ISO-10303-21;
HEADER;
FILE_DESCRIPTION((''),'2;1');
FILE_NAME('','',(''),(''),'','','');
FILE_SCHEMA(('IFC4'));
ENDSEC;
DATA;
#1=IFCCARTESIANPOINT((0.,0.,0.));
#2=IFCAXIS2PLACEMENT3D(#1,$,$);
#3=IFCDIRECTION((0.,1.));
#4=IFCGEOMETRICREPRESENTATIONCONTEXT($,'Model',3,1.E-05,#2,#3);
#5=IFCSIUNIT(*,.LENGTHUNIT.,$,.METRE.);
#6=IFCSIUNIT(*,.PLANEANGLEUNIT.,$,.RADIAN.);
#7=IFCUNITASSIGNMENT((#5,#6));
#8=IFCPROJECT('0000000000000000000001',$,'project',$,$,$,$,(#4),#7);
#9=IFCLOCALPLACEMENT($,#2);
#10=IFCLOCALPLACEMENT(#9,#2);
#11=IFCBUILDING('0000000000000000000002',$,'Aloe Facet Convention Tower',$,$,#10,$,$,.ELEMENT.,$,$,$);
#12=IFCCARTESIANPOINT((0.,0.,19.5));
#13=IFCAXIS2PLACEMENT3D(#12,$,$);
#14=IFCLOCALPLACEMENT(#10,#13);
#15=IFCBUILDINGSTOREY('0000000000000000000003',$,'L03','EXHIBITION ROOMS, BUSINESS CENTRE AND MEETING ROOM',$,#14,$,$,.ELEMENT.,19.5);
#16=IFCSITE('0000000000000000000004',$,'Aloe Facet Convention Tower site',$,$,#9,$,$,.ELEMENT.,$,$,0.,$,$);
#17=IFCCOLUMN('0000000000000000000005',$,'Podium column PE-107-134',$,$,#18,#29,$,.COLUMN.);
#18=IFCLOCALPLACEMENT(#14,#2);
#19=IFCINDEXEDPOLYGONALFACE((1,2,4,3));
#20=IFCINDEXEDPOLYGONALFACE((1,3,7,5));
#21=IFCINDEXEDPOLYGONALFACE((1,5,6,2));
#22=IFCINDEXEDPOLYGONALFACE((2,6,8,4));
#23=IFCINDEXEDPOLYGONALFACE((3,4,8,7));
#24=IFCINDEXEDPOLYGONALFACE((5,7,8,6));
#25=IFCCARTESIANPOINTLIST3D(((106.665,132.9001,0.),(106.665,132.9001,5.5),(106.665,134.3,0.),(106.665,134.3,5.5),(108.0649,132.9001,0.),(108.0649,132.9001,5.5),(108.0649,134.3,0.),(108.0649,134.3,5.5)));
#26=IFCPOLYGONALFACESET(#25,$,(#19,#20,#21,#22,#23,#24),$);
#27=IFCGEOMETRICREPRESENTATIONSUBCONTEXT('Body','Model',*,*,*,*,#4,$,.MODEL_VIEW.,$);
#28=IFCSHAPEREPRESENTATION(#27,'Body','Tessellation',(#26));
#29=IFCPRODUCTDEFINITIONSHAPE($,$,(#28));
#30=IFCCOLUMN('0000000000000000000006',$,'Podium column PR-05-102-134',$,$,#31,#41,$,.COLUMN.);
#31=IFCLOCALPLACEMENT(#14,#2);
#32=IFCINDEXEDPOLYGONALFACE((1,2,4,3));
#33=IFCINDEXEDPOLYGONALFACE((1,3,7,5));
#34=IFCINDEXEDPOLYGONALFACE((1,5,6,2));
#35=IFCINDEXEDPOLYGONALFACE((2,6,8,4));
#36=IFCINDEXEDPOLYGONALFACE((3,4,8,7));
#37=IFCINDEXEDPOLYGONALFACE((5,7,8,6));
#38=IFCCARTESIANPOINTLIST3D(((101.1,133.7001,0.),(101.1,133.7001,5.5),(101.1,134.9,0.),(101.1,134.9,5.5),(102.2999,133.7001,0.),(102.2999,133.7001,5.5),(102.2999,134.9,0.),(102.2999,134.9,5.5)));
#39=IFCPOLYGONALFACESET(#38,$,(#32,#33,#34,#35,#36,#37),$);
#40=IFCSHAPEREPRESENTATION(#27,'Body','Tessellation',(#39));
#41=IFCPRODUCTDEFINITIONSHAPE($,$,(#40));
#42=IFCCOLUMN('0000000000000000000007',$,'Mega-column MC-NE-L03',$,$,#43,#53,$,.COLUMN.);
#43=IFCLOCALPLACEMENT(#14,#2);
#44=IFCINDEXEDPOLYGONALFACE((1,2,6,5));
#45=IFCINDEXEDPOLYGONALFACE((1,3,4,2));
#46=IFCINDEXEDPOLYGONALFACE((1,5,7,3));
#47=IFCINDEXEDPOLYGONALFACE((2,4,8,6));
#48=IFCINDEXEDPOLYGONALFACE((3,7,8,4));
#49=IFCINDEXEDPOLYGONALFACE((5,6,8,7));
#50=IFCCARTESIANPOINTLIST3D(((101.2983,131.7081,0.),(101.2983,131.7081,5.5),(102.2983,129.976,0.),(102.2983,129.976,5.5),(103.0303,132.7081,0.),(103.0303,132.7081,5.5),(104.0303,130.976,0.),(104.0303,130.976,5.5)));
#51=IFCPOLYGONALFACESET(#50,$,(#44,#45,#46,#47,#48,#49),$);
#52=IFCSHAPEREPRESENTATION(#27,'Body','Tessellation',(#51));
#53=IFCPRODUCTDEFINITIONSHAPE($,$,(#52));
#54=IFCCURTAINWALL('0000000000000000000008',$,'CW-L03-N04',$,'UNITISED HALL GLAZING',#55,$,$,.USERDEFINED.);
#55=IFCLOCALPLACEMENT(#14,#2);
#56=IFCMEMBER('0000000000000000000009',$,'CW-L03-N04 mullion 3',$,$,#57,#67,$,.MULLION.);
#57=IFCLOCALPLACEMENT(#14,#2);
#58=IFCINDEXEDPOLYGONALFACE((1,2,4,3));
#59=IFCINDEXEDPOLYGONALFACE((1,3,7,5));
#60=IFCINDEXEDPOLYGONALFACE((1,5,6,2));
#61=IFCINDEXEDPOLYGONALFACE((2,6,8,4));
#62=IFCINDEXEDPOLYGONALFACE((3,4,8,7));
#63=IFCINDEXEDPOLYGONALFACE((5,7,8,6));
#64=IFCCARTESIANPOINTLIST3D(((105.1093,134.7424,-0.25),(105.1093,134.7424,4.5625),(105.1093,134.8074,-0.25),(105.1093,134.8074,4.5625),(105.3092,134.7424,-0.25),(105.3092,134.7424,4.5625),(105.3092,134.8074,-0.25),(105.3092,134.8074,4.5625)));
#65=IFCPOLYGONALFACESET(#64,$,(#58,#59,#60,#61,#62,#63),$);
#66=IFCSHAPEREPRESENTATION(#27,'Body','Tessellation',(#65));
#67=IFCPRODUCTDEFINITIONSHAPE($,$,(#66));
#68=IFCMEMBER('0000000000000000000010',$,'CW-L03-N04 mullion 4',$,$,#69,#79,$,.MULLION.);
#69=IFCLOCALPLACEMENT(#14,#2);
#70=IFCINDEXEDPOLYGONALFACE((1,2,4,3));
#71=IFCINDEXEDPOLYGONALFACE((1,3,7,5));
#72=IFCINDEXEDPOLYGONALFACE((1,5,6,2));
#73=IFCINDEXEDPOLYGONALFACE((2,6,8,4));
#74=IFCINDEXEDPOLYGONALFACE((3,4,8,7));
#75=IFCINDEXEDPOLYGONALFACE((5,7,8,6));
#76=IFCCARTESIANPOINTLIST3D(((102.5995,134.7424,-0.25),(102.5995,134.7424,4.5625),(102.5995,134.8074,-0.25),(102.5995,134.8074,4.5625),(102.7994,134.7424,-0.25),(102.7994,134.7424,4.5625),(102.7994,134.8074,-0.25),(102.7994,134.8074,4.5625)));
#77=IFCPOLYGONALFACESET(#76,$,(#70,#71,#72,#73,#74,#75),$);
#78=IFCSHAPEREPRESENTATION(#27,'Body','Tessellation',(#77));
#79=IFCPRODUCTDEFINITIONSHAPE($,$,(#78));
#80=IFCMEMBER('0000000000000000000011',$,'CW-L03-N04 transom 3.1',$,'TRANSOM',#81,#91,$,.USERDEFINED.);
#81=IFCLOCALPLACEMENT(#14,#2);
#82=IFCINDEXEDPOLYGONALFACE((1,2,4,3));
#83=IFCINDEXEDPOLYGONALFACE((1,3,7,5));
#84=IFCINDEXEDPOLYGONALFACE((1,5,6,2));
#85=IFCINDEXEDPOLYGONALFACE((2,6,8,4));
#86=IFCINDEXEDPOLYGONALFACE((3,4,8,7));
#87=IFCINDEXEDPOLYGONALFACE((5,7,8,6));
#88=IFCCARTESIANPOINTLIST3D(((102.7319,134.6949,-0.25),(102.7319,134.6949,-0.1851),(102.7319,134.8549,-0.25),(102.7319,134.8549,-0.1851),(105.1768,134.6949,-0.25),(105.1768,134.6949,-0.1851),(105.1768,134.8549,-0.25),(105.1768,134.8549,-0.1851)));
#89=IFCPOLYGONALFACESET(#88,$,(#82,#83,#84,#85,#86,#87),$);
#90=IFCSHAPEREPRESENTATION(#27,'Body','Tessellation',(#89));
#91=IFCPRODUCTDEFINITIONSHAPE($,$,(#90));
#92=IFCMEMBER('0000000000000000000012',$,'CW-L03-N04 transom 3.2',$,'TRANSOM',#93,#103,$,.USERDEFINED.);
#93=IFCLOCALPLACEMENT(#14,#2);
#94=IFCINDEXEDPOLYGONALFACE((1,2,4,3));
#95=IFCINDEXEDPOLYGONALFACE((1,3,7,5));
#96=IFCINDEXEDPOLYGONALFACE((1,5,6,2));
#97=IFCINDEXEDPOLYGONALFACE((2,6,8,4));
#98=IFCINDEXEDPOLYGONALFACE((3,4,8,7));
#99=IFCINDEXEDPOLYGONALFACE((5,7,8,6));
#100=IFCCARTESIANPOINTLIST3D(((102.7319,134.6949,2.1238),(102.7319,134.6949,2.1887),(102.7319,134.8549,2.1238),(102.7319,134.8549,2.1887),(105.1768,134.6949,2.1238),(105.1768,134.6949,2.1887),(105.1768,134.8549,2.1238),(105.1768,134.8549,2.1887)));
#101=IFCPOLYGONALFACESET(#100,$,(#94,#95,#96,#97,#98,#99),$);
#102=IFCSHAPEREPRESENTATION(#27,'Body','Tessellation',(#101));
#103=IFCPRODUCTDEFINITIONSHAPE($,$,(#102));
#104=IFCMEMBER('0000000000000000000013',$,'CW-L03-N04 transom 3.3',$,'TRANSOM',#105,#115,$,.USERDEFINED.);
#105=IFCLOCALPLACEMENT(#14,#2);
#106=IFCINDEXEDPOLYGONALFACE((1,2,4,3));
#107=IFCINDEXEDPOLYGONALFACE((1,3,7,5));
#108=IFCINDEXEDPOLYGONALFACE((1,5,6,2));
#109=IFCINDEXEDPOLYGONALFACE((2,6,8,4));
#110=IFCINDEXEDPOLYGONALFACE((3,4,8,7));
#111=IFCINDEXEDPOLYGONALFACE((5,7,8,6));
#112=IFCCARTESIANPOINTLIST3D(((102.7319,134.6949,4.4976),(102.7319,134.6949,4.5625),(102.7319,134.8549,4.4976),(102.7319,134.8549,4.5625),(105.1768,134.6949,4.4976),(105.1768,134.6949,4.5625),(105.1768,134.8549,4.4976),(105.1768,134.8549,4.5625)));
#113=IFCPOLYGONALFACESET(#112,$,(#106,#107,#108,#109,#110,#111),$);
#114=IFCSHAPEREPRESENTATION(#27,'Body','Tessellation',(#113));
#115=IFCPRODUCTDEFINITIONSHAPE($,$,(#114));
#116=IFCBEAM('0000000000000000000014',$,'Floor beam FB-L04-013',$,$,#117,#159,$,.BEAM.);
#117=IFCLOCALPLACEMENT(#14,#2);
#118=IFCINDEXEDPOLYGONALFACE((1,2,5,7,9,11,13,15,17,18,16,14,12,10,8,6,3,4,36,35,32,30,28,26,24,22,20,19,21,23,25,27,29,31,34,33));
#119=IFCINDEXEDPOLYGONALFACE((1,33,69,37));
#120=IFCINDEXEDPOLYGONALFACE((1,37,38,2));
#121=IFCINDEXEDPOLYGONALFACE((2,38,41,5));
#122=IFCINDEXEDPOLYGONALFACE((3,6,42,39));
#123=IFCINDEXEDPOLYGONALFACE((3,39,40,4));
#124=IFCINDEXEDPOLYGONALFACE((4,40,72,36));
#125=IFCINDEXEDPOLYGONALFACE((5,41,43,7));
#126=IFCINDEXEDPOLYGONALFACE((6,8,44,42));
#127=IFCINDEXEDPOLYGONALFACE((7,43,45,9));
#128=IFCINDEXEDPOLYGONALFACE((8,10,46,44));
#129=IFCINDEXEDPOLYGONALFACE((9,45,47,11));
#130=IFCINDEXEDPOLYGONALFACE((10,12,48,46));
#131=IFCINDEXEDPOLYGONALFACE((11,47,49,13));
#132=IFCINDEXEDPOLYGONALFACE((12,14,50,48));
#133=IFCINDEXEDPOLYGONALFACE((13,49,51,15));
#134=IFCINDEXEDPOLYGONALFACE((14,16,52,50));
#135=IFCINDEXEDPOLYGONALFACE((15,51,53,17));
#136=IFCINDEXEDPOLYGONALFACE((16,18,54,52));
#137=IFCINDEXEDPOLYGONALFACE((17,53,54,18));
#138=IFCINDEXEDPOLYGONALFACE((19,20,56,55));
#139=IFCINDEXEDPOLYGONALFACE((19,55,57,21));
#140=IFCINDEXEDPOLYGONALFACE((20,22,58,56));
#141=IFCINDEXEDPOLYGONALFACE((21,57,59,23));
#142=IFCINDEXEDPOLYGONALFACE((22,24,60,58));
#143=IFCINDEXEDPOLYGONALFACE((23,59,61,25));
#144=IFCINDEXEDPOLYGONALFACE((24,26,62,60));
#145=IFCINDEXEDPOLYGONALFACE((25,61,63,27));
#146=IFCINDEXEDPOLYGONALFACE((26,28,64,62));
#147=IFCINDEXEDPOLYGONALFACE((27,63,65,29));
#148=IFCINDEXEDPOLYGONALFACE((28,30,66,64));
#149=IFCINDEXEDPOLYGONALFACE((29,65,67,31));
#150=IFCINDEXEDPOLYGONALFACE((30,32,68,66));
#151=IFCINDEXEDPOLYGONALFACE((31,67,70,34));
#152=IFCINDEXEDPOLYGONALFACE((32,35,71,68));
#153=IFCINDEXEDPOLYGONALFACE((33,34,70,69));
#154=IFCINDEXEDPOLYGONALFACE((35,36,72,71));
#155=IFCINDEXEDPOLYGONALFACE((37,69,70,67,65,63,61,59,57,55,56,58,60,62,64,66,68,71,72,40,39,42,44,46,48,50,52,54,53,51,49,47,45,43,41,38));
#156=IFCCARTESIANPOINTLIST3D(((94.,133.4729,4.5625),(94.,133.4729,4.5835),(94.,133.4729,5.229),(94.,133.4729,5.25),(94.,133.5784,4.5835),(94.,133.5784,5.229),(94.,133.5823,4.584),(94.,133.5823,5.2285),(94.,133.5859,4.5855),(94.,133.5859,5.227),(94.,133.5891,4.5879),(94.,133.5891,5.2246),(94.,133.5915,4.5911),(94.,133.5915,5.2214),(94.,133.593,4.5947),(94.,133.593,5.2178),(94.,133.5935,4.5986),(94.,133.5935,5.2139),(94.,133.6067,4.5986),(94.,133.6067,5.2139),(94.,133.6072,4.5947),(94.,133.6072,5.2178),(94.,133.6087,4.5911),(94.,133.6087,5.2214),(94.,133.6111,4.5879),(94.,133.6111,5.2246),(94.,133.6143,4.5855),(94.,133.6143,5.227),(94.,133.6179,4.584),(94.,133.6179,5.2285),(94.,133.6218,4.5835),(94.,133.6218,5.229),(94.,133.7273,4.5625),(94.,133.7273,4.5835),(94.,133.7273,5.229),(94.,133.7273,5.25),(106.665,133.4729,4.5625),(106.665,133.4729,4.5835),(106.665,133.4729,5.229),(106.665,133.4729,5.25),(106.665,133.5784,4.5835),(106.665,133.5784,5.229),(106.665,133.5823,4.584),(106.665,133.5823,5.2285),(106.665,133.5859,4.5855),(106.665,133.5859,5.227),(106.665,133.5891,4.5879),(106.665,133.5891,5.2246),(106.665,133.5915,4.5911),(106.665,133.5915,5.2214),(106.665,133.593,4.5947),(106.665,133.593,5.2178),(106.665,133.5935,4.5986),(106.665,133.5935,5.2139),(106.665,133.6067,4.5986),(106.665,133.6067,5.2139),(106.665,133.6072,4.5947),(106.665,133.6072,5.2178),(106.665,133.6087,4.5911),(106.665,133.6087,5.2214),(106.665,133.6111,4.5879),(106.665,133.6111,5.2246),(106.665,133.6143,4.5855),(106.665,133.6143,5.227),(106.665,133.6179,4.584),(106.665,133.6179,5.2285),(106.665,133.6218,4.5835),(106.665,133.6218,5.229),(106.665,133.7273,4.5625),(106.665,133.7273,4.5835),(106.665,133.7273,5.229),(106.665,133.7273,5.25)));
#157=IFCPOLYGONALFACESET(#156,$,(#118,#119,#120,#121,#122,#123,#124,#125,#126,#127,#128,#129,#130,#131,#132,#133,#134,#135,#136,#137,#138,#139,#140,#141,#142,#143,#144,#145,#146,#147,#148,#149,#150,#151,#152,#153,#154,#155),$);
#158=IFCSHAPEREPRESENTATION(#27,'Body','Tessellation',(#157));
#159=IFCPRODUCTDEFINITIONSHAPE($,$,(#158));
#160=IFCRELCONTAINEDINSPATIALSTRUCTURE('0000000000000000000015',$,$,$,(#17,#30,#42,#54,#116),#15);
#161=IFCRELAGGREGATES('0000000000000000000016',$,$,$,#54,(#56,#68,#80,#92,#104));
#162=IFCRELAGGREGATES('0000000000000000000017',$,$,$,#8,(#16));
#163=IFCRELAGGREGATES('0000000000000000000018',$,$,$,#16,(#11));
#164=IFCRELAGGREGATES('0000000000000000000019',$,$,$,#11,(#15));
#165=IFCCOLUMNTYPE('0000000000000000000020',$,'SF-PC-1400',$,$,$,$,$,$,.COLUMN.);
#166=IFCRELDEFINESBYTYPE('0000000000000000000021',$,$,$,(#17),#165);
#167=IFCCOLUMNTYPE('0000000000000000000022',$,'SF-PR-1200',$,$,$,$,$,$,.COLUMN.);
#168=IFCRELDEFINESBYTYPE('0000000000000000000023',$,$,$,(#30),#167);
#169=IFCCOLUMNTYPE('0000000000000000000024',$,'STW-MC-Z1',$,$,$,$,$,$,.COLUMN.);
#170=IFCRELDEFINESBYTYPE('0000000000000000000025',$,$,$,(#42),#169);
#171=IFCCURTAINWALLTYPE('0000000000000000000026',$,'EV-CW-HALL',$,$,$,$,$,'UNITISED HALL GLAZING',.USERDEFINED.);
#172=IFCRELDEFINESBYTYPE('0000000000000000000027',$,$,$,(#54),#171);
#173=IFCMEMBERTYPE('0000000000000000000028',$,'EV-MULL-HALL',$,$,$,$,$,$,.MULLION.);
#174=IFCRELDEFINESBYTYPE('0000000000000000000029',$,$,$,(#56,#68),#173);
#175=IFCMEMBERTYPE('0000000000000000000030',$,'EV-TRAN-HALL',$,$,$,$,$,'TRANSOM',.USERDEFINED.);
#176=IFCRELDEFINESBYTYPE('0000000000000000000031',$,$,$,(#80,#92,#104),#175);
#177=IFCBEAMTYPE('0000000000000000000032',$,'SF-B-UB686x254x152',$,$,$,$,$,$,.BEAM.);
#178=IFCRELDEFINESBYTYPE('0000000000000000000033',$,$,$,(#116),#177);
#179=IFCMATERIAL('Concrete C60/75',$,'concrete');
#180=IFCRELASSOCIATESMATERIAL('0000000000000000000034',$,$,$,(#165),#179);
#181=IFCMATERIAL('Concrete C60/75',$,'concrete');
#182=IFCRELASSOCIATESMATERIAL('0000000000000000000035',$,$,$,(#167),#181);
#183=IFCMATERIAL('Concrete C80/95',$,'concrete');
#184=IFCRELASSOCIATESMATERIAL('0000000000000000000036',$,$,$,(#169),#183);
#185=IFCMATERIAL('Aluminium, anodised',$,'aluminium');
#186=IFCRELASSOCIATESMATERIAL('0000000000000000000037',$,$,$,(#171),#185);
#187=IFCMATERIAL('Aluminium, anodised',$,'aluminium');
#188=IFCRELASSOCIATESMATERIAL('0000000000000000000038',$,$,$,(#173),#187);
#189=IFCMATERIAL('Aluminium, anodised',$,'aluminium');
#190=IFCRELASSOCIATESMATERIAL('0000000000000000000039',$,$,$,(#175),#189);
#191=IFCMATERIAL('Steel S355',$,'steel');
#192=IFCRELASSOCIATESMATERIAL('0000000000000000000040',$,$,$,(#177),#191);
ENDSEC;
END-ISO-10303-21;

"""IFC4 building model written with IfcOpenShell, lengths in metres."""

from ifc_helpers import new_model, si_unit, direction, frame, origin, origin_2d, place, context, subcontext, project, spatial, rectangle, i_section, extrude, material, material_profile, profile_set, type_object, element, aggregate, save


model = new_model("IFC4")

# Units and contexts
model_context = context("Model", 3, precision=1e-05, world=origin(), true_north=direction((0.0, 1.0)))
body_context = subcontext(model_context, "Body", "Model", "MODEL_VIEW")
ifc_project = project(units=[si_unit("LENGTHUNIT", "METRE"), si_unit("PLANEANGLEUNIT", "RADIAN")], contexts=[model_context])

# Site, building, storey
site_placement = place(None, origin())
site = spatial("IfcSite", under=ifc_project, at=site_placement, Name="Aloe Facet Convention Tower site", CompositionType="ELEMENT", RefElevation=0.0)
building_placement = place(site_placement, origin())
building = spatial("IfcBuilding", under=site, at=building_placement, Name="Aloe Facet Convention Tower", CompositionType="ELEMENT")
storey_placement = place(building_placement, frame((0.0, 0.0, 19.5)))
storey = spatial("IfcBuildingStorey", under=building, at=storey_placement, Name="L03", Description="EXHIBITION ROOMS, BUSINESS CENTRE AND MEETING ROOM", CompositionType="ELEMENT", Elevation=19.5)

# Columns
ifc_material_1 = material(Name="Concrete C60/75", Category="concrete")
ifc_material_profile_1 = material_profile(ifc_material_1, rectangle(XDim=1.3999, YDim=1.3999, at=origin_2d()), Name="SF-PC-1400")
ifc_profile_set_1 = profile_set([ifc_material_profile_1], Name="Concrete C60/75")
column_type_1 = type_object("IfcColumnType", Name="SF-PC-1400", PredefinedType="COLUMN", material=ifc_profile_set_1)
column_1_placement = place(storey_placement, frame((107.365, 133.6001, 0.0), z_axis=(0.0, 0.0, 1.0), x_axis=(1.0, 0.0, 0.0)))
element("IfcColumn", 1, at=column_1_placement, inside=storey, type_object=column_type_1, Name="Podium column PE-107-134", PredefinedType="COLUMN", context=body_context, shape_type="SweptSolid", body=[
    extrude(rectangle(XDim=1.3999, YDim=1.3999, at=origin_2d()), origin(), (0.0, 0.0, 1.0), 5.5),
])
ifc_material_2 = material(Name="Concrete C60/75", Category="concrete")
ifc_material_profile_2 = material_profile(ifc_material_2, rectangle(XDim=1.2, YDim=1.2, at=origin_2d()), Name="SF-PR-1200")
ifc_profile_set_2 = profile_set([ifc_material_profile_2], Name="Concrete C60/75")
column_type_2 = type_object("IfcColumnType", Name="SF-PR-1200", PredefinedType="COLUMN", material=ifc_profile_set_2)
column_2_placement = place(storey_placement, frame((101.7, 134.3, 0.0), z_axis=(0.0, 0.0, 1.0), x_axis=(1.0, 0.0, 0.0)))
element("IfcColumn", 2, at=column_2_placement, inside=storey, type_object=column_type_2, Name="Podium column PR-05-102-134", PredefinedType="COLUMN", context=body_context, shape_type="SweptSolid", body=[
    extrude(rectangle(XDim=1.2, YDim=1.2, at=origin_2d()), origin(), (0.0, 0.0, 1.0), 5.5),
])
ifc_material_3 = material(Name="Concrete C80/95", Category="concrete")
ifc_material_profile_3 = material_profile(ifc_material_3, rectangle(XDim=2.0, YDim=2.0, at=origin_2d()), Name="STW-MC-Z1")
ifc_profile_set_3 = profile_set([ifc_material_profile_3], Name="Concrete C80/95")
column_type_3 = type_object("IfcColumnType", Name="STW-MC-Z1", PredefinedType="COLUMN", material=ifc_profile_set_3)
column_3_placement = place(storey_placement, frame((102.6643, 131.342, 0.0), z_axis=(0.0, 0.0, 1.0), x_axis=(-0.5, 0.866025, 0.0)))
element("IfcColumn", 3, at=column_3_placement, inside=storey, type_object=column_type_3, Name="Mega-column MC-NE-L03", PredefinedType="COLUMN", context=body_context, shape_type="SweptSolid", body=[
    extrude(rectangle(XDim=2.0, YDim=2.0, at=origin_2d()), origin(), (0.0, 0.0, 1.0), 5.5),
])

# Curtain wall, members
ifc_material_4 = material(Name="Aluminium, anodised", Category="aluminium")
curtain_wall_type = type_object("IfcCurtainWallType", Name="EV-CW-HALL", ElementType="UNITISED HALL GLAZING", PredefinedType="USERDEFINED", material=ifc_material_4)
curtain_wall_placement = place(storey_placement, origin())
curtain_wall = element("IfcCurtainWall", 4, at=curtain_wall_placement, inside=storey, type_object=curtain_wall_type, Name="CW-L03-N04", ObjectType="UNITISED HALL GLAZING", PredefinedType="USERDEFINED")
ifc_material_5 = material(Name="Aluminium, anodised", Category="aluminium")
ifc_material_profile_4 = material_profile(ifc_material_5, rectangle(XDim=0.0649, YDim=0.2, at=origin_2d()), Name="AL 65x200")
ifc_profile_set_4 = profile_set([ifc_material_profile_4], Name="Aluminium, anodised")
member_type_1 = type_object("IfcMemberType", Name="EV-MULL-HALL", PredefinedType="MULLION", material=ifc_profile_set_4)
member_1_placement = place(storey_placement, frame((105.2092, 134.7749, -0.25), z_axis=(0.0, 0.0, 1.0), x_axis=(0.0, -1.0, 0.0)))
member_1 = element("IfcMember", 5, at=member_1_placement, type_object=member_type_1, Name="CW-L03-N04 mullion 3", PredefinedType="MULLION", context=body_context, shape_type="SweptSolid", body=[
    extrude(rectangle(XDim=0.0649, YDim=0.2, at=origin_2d()), origin(), (0.0, 0.0, 1.0), 4.8125),
])
member_2_placement = place(storey_placement, frame((102.6995, 134.7749, -0.25), z_axis=(0.0, 0.0, 1.0), x_axis=(0.0, -1.0, 0.0)))
member_2 = element("IfcMember", 6, at=member_2_placement, type_object=member_type_1, Name="CW-L03-N04 mullion 4", PredefinedType="MULLION", context=body_context, shape_type="SweptSolid", body=[
    extrude(rectangle(XDim=0.0649, YDim=0.2, at=origin_2d()), origin(), (0.0, 0.0, 1.0), 4.8125),
])
ifc_material_6 = material(Name="Aluminium, anodised", Category="aluminium")
ifc_material_profile_5 = material_profile(ifc_material_6, rectangle(XDim=0.1599, YDim=0.0649, at=origin_2d()), Name="AL 160x65")
ifc_profile_set_5 = profile_set([ifc_material_profile_5], Name="Aluminium, anodised")
member_type_2 = type_object("IfcMemberType", Name="EV-TRAN-HALL", ElementType="TRANSOM", PredefinedType="USERDEFINED", material=ifc_profile_set_5)
member_3_placement = place(storey_placement, frame((105.1768, 134.7749, -0.2175), z_axis=(-1.0, 0.0, 0.0), x_axis=(0.0, -1.0, 0.0)))
member_3 = element("IfcMember", 7, at=member_3_placement, type_object=member_type_2, Name="CW-L03-N04 transom 3.1", ObjectType="TRANSOM", PredefinedType="USERDEFINED", context=body_context, shape_type="SweptSolid", body=[
    extrude(rectangle(XDim=0.1599, YDim=0.0649, at=origin_2d()), origin(), (0.0, 0.0, 1.0), 2.4448),
])
member_4_placement = place(storey_placement, frame((105.1768, 134.7749, 2.1562), z_axis=(-1.0, 0.0, 0.0), x_axis=(0.0, -1.0, 0.0)))
member_4 = element("IfcMember", 8, at=member_4_placement, type_object=member_type_2, Name="CW-L03-N04 transom 3.2", ObjectType="TRANSOM", PredefinedType="USERDEFINED", context=body_context, shape_type="SweptSolid", body=[
    extrude(rectangle(XDim=0.1599, YDim=0.0649, at=origin_2d()), origin(), (0.0, 0.0, 1.0), 2.4448),
])
member_5_placement = place(storey_placement, frame((105.1768, 134.7749, 4.53), z_axis=(-1.0, 0.0, 0.0), x_axis=(0.0, -1.0, 0.0)))
member_5 = element("IfcMember", 9, at=member_5_placement, type_object=member_type_2, Name="CW-L03-N04 transom 3.3", ObjectType="TRANSOM", PredefinedType="USERDEFINED", context=body_context, shape_type="SweptSolid", body=[
    extrude(rectangle(XDim=0.1599, YDim=0.0649, at=origin_2d()), origin(), (0.0, 0.0, 1.0), 2.4448),
])

# Beam
ifc_material_7 = material(Name="Steel S355", Category="steel")
ifc_material_profile_6 = material_profile(ifc_material_7, i_section(OverallWidth=0.2544, OverallDepth=0.6875, WebThickness=0.0132, FlangeThickness=0.021, FilletRadius=0.0151, at=origin_2d()), Name="UB 686x254x152")
ifc_profile_set_6 = profile_set([ifc_material_profile_6], Name="Steel S355")
beam_type_1 = type_object("IfcBeamType", Name="SF-B-UB686x254x152", PredefinedType="BEAM", material=ifc_profile_set_6)
beam_1_placement = place(storey_placement, frame((94.0, 133.6001, 4.9062), z_axis=(1.0, 0.0, 0.0), x_axis=(0.0, 1.0, 0.0)))
element("IfcBeam", 10, at=beam_1_placement, inside=storey, type_object=beam_type_1, Name="Floor beam FB-L04-013", PredefinedType="BEAM", context=body_context, shape_type="SweptSolid", body=[
    extrude(i_section(OverallWidth=0.2544, OverallDepth=0.6875, WebThickness=0.0132, FlangeThickness=0.021, FilletRadius=0.0151, at=origin_2d()), origin(), (0.0, 0.0, 1.0), 12.665),
])

aggregate(curtain_wall, [member_1, member_2, member_3, member_4, member_5])

save(model, "model.ifc")
